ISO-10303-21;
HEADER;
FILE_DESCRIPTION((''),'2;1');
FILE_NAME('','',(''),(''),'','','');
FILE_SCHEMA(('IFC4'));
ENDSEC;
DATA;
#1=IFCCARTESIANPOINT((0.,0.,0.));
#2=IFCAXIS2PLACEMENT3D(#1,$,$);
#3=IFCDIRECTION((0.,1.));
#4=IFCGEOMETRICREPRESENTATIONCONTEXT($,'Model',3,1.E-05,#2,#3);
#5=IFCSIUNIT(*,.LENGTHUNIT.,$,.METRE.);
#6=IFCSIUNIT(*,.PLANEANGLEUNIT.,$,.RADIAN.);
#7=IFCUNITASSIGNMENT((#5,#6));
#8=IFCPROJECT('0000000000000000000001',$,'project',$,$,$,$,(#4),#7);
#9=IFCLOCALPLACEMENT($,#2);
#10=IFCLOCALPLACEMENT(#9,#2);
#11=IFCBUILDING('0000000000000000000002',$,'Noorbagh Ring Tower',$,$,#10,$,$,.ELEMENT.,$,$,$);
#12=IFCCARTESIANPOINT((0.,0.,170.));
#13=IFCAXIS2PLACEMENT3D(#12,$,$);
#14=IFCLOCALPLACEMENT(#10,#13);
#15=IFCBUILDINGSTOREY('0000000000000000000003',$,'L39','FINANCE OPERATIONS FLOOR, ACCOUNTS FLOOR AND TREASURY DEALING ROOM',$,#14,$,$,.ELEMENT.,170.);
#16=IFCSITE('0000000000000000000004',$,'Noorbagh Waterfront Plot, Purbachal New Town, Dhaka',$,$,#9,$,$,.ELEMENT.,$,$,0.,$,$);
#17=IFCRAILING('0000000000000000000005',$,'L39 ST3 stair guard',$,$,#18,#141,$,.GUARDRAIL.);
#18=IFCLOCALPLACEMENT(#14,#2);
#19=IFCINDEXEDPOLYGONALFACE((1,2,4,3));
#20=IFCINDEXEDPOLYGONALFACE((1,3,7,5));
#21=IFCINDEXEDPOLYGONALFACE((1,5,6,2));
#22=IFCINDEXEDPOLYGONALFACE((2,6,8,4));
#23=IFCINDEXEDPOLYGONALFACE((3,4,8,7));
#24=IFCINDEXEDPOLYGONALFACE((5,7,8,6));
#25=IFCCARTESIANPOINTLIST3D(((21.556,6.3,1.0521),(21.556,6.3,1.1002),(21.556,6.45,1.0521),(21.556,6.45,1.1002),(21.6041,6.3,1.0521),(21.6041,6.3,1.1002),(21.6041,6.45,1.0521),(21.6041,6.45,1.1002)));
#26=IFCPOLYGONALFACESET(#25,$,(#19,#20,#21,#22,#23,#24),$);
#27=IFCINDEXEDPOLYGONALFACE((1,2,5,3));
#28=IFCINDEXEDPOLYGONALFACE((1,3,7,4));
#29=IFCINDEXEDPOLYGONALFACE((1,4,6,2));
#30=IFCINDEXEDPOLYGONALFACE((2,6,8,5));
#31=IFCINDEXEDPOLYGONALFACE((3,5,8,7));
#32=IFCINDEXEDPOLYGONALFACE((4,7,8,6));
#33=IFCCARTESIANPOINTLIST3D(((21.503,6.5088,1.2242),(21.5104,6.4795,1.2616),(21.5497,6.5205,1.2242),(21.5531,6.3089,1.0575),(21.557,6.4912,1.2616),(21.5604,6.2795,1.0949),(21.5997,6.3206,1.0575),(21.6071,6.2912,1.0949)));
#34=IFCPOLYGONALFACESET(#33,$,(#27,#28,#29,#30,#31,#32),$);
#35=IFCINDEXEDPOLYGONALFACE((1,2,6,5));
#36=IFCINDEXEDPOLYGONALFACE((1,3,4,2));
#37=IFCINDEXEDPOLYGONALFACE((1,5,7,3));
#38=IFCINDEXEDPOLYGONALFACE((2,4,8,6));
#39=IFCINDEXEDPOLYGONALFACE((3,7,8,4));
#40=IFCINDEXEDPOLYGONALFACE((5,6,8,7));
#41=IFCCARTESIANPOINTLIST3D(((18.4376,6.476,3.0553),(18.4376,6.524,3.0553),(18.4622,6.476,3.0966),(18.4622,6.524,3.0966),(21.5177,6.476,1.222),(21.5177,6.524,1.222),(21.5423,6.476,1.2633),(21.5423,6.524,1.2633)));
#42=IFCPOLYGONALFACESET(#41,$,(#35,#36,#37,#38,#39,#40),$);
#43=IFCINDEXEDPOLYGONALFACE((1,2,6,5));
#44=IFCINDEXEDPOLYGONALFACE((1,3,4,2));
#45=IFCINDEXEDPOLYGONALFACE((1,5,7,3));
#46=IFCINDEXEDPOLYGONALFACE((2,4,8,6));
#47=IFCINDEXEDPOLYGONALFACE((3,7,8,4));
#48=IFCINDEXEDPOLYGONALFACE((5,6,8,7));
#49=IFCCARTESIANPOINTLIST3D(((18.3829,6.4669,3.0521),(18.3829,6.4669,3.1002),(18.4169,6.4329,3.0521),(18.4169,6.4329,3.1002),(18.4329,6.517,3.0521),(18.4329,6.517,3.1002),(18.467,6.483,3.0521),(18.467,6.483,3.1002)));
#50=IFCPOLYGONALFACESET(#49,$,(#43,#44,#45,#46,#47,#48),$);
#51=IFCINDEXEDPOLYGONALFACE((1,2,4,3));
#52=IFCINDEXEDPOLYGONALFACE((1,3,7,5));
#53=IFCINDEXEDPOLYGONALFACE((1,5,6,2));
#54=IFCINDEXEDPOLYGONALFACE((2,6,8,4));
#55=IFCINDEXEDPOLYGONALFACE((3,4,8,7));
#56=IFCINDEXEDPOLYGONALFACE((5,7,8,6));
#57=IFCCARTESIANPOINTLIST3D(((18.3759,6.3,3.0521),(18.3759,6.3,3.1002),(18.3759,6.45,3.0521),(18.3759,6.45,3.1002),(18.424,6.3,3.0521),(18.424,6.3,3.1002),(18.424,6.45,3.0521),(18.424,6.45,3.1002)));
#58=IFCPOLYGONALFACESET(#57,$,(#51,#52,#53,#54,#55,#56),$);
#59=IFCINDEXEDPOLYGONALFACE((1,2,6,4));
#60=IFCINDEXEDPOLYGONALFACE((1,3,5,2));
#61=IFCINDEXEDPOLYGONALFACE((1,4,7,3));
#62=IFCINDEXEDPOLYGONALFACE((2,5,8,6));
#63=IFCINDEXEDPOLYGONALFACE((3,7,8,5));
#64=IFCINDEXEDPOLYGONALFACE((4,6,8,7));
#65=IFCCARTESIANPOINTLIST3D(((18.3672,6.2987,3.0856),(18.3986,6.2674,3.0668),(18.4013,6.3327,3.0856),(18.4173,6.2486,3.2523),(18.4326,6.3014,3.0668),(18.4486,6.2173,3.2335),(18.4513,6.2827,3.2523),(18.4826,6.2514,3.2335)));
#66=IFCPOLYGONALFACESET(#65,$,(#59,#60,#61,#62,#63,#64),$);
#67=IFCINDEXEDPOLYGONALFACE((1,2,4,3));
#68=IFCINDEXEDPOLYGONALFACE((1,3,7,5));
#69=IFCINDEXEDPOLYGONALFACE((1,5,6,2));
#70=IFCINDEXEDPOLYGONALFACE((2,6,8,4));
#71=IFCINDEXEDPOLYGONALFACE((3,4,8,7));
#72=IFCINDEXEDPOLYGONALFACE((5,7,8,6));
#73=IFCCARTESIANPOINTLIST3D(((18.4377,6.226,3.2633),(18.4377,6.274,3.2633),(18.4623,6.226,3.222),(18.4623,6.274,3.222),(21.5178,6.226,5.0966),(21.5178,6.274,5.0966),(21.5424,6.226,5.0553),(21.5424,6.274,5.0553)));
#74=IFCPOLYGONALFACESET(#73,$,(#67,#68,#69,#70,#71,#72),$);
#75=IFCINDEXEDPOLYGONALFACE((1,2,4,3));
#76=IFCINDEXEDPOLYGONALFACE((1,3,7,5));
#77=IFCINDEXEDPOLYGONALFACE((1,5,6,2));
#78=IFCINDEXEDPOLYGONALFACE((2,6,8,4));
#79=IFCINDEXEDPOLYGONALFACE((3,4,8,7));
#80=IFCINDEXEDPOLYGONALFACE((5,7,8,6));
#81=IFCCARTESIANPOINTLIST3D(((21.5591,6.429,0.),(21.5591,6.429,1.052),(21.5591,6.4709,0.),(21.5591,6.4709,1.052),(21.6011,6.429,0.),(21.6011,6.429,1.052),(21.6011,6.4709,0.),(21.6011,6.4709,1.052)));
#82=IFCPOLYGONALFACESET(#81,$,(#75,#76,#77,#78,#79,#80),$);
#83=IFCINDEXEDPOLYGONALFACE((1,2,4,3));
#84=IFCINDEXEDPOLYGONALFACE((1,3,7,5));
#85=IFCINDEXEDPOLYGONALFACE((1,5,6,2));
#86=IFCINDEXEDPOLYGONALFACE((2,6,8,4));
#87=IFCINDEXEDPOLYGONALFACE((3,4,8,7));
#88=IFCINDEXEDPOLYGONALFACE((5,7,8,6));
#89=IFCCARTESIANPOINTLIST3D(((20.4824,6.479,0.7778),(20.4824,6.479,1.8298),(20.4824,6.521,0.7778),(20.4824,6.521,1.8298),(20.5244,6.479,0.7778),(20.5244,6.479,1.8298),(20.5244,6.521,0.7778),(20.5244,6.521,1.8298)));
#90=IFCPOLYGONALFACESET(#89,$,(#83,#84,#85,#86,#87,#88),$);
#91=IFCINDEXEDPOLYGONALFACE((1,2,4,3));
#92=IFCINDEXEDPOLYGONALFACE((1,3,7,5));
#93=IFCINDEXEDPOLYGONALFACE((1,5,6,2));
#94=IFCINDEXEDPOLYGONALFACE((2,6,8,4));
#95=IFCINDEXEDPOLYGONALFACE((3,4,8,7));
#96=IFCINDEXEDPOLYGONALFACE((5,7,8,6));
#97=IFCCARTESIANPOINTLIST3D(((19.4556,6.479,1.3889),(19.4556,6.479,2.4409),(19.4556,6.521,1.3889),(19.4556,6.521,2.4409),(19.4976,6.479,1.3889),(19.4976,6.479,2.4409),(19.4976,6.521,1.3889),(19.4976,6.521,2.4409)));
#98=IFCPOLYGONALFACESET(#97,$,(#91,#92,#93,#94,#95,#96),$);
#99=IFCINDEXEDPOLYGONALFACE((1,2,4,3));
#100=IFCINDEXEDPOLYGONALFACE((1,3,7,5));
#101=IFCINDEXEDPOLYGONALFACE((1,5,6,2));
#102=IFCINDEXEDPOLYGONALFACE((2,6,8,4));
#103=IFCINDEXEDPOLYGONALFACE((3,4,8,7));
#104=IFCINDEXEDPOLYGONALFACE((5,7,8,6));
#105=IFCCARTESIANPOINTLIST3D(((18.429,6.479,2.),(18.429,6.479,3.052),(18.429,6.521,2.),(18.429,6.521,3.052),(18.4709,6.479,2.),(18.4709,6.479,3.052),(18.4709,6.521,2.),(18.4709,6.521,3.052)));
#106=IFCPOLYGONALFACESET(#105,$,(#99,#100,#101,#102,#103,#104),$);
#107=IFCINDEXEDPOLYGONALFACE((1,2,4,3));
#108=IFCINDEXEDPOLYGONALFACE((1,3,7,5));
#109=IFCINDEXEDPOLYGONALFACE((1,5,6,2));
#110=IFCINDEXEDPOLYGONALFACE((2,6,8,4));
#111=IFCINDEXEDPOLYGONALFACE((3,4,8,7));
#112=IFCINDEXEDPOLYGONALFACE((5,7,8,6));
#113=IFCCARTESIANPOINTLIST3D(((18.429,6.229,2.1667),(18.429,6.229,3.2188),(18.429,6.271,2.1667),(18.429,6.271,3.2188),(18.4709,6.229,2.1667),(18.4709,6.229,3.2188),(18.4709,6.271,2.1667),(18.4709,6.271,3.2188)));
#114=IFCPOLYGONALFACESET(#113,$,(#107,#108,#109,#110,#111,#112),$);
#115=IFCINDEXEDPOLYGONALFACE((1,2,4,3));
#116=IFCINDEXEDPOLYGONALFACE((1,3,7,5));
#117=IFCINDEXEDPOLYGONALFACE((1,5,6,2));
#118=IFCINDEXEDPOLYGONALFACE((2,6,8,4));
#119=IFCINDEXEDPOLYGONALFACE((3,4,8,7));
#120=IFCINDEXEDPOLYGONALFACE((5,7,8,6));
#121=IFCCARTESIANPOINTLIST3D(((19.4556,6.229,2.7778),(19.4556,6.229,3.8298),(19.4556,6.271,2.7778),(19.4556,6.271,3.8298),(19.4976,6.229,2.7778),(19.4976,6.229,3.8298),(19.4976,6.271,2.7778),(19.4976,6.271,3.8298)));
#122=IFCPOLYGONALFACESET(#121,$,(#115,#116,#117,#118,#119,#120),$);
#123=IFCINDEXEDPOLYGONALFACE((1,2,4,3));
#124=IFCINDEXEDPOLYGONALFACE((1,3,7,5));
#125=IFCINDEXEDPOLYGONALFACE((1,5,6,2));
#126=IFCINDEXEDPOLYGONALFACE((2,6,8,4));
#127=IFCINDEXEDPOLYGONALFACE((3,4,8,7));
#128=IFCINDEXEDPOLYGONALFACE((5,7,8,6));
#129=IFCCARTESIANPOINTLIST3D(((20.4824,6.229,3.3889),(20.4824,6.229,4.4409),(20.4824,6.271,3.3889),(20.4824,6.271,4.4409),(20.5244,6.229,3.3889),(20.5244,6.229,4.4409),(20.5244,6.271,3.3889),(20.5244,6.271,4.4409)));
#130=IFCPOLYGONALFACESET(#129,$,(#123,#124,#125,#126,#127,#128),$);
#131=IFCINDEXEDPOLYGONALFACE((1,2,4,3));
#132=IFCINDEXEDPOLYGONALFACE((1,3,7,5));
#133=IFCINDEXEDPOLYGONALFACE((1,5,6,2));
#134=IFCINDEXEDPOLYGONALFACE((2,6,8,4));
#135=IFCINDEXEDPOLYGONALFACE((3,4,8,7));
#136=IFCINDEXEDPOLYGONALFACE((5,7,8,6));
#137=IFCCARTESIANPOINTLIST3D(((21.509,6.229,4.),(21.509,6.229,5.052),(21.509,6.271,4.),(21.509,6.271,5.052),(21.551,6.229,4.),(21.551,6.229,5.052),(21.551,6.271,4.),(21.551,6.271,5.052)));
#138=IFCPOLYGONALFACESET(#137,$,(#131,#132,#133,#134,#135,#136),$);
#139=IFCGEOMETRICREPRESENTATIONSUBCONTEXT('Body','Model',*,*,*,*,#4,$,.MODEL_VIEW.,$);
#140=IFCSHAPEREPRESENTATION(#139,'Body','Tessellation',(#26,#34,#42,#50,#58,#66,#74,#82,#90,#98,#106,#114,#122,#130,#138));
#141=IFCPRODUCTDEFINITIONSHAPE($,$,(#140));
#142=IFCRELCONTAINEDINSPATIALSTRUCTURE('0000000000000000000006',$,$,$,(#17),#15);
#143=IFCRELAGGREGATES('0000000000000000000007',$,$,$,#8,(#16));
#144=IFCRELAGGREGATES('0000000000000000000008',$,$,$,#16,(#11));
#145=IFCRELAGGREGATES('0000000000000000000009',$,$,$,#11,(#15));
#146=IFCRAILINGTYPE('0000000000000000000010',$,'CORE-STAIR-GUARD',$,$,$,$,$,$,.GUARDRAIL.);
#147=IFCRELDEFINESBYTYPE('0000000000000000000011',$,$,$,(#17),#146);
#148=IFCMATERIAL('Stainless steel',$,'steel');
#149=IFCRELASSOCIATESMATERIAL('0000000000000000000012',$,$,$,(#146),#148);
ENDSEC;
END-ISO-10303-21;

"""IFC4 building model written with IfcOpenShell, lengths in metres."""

from ifc_helpers import new_model, si_unit, direction, frame, origin, origin_2d, place, context, subcontext, project, spatial, rectangle, extrude, material, type_object, element, save


model = new_model("IFC4")

# Units and contexts
model_context = context("Model", 3, precision=1e-05, world=origin(), true_north=direction((0.0, 1.0)))
body_context = subcontext(model_context, "Body", "Model", "MODEL_VIEW")
ifc_project = project(units=[si_unit("LENGTHUNIT", "METRE"), si_unit("PLANEANGLEUNIT", "RADIAN")], contexts=[model_context])

# Site, building, storey
site_placement = place(None, origin())
site = spatial("IfcSite", under=ifc_project, at=site_placement, Name="Noorbagh Waterfront Plot, Purbachal New Town, Dhaka", CompositionType="ELEMENT", RefElevation=0.0)
building_placement = place(site_placement, origin())
building = spatial("IfcBuilding", under=site, at=building_placement, Name="Noorbagh Ring Tower", CompositionType="ELEMENT")
storey_placement = place(building_placement, frame((0.0, 0.0, 170.0)))
storey = spatial("IfcBuildingStorey", under=building, at=storey_placement, Name="L39", Description="FINANCE OPERATIONS FLOOR, ACCOUNTS FLOOR AND TREASURY DEALING ROOM", CompositionType="ELEMENT", Elevation=170.0)

# Railing
ifc_material_1 = material(Name="Stainless steel", Category="steel")
railing_type_1 = type_object("IfcRailingType", Name="CORE-STAIR-GUARD", PredefinedType="GUARDRAIL", material=ifc_material_1)
railing_1_placement = place(storey_placement, frame((21.5801, 6.45, 0.0)))
element("IfcRailing", 1, at=railing_1_placement, inside=storey, type_object=railing_type_1, Name="L39 ST3 stair guard", PredefinedType="GUARDRAIL", context=body_context, shape_type="SweptSolid", body=[
    extrude(rectangle(XDim=0.0481, YDim=0.0481, at=origin_2d()), frame((0.0, 0.0, 1.0762), z_axis=(0.0, -1.0, 0.0), x_axis=(1.0, 0.0, 0.0)), (0.0, 0.0, 1.0), 0.1499),
    extrude(rectangle(XDim=0.0481, YDim=0.0481, at=origin_2d()), frame((0.0, -0.1499, 1.0762), z_axis=(-0.188776, 0.754182, 0.628946), x_axis=(-0.970073, -0.242814, 0.0)), (0.0, 0.0, 1.0), 0.2651),
    extrude(rectangle(XDim=0.0481, YDim=0.0481, at=origin_2d()), frame((-0.05, 0.05, 1.2427), z_axis=(-0.859309, 0.0, 0.511458), x_axis=(0.0, -1.0, 0.0)), (0.0, 0.0, 1.0), 3.5845),
    extrude(rectangle(XDim=0.0481, YDim=0.0481, at=origin_2d()), frame((-3.1301, 0.05, 3.0762), z_axis=(-0.707107, -0.707107, 0.0), x_axis=(0.707107, -0.707107, 0.0)), (0.0, 0.0, 1.0), 0.0708),
    extrude(rectangle(XDim=0.0481, YDim=0.0481, at=origin_2d()), frame((-3.1802, 0.0, 3.0762), z_axis=(0.0, -1.0, 0.0), x_axis=(1.0, 0.0, 0.0)), (0.0, 0.0, 1.0), 0.1499),
    extrude(rectangle(XDim=0.0481, YDim=0.0481, at=origin_2d()), frame((-3.1802, -0.1499, 3.0762), z_axis=(0.276287, -0.276287, 0.920506), x_axis=(0.707107, 0.707107, 0.0)), (0.0, 0.0, 1.0), 0.1812),
    extrude(rectangle(XDim=0.0481, YDim=0.0481, at=origin_2d()), frame((-3.1301, -0.2, 3.2427), z_axis=(0.859309, 0.0, 0.511458), x_axis=(0.0, 1.0, 0.0)), (0.0, 0.0, 1.0), 3.5845),
    extrude(rectangle(XDim=0.042, YDim=0.042, at=origin_2d()), origin(), (0.0, 0.0, 1.0), 1.052),
    extrude(rectangle(XDim=0.042, YDim=0.042, at=origin_2d()), frame((-1.0767, 0.05, 0.7778)), (0.0, 0.0, 1.0), 1.052),
    extrude(rectangle(XDim=0.042, YDim=0.042, at=origin_2d()), frame((-2.1035, 0.05, 1.3889)), (0.0, 0.0, 1.0), 1.052),
    extrude(rectangle(XDim=0.042, YDim=0.042, at=origin_2d()), frame((-3.1301, 0.05, 2.0)), (0.0, 0.0, 1.0), 1.052),
    extrude(rectangle(XDim=0.042, YDim=0.042, at=origin_2d()), frame((-3.1301, -0.2, 2.1667)), (0.0, 0.0, 1.0), 1.052),
    extrude(rectangle(XDim=0.042, YDim=0.042, at=origin_2d()), frame((-2.1035, -0.2, 2.7778)), (0.0, 0.0, 1.0), 1.052),
    extrude(rectangle(XDim=0.042, YDim=0.042, at=origin_2d()), frame((-1.0767, -0.2, 3.3889)), (0.0, 0.0, 1.0), 1.052),
    extrude(rectangle(XDim=0.042, YDim=0.042, at=origin_2d()), frame((-0.05, -0.2, 4.0)), (0.0, 0.0, 1.0), 1.052),
])

save(model, "model.ifc")
